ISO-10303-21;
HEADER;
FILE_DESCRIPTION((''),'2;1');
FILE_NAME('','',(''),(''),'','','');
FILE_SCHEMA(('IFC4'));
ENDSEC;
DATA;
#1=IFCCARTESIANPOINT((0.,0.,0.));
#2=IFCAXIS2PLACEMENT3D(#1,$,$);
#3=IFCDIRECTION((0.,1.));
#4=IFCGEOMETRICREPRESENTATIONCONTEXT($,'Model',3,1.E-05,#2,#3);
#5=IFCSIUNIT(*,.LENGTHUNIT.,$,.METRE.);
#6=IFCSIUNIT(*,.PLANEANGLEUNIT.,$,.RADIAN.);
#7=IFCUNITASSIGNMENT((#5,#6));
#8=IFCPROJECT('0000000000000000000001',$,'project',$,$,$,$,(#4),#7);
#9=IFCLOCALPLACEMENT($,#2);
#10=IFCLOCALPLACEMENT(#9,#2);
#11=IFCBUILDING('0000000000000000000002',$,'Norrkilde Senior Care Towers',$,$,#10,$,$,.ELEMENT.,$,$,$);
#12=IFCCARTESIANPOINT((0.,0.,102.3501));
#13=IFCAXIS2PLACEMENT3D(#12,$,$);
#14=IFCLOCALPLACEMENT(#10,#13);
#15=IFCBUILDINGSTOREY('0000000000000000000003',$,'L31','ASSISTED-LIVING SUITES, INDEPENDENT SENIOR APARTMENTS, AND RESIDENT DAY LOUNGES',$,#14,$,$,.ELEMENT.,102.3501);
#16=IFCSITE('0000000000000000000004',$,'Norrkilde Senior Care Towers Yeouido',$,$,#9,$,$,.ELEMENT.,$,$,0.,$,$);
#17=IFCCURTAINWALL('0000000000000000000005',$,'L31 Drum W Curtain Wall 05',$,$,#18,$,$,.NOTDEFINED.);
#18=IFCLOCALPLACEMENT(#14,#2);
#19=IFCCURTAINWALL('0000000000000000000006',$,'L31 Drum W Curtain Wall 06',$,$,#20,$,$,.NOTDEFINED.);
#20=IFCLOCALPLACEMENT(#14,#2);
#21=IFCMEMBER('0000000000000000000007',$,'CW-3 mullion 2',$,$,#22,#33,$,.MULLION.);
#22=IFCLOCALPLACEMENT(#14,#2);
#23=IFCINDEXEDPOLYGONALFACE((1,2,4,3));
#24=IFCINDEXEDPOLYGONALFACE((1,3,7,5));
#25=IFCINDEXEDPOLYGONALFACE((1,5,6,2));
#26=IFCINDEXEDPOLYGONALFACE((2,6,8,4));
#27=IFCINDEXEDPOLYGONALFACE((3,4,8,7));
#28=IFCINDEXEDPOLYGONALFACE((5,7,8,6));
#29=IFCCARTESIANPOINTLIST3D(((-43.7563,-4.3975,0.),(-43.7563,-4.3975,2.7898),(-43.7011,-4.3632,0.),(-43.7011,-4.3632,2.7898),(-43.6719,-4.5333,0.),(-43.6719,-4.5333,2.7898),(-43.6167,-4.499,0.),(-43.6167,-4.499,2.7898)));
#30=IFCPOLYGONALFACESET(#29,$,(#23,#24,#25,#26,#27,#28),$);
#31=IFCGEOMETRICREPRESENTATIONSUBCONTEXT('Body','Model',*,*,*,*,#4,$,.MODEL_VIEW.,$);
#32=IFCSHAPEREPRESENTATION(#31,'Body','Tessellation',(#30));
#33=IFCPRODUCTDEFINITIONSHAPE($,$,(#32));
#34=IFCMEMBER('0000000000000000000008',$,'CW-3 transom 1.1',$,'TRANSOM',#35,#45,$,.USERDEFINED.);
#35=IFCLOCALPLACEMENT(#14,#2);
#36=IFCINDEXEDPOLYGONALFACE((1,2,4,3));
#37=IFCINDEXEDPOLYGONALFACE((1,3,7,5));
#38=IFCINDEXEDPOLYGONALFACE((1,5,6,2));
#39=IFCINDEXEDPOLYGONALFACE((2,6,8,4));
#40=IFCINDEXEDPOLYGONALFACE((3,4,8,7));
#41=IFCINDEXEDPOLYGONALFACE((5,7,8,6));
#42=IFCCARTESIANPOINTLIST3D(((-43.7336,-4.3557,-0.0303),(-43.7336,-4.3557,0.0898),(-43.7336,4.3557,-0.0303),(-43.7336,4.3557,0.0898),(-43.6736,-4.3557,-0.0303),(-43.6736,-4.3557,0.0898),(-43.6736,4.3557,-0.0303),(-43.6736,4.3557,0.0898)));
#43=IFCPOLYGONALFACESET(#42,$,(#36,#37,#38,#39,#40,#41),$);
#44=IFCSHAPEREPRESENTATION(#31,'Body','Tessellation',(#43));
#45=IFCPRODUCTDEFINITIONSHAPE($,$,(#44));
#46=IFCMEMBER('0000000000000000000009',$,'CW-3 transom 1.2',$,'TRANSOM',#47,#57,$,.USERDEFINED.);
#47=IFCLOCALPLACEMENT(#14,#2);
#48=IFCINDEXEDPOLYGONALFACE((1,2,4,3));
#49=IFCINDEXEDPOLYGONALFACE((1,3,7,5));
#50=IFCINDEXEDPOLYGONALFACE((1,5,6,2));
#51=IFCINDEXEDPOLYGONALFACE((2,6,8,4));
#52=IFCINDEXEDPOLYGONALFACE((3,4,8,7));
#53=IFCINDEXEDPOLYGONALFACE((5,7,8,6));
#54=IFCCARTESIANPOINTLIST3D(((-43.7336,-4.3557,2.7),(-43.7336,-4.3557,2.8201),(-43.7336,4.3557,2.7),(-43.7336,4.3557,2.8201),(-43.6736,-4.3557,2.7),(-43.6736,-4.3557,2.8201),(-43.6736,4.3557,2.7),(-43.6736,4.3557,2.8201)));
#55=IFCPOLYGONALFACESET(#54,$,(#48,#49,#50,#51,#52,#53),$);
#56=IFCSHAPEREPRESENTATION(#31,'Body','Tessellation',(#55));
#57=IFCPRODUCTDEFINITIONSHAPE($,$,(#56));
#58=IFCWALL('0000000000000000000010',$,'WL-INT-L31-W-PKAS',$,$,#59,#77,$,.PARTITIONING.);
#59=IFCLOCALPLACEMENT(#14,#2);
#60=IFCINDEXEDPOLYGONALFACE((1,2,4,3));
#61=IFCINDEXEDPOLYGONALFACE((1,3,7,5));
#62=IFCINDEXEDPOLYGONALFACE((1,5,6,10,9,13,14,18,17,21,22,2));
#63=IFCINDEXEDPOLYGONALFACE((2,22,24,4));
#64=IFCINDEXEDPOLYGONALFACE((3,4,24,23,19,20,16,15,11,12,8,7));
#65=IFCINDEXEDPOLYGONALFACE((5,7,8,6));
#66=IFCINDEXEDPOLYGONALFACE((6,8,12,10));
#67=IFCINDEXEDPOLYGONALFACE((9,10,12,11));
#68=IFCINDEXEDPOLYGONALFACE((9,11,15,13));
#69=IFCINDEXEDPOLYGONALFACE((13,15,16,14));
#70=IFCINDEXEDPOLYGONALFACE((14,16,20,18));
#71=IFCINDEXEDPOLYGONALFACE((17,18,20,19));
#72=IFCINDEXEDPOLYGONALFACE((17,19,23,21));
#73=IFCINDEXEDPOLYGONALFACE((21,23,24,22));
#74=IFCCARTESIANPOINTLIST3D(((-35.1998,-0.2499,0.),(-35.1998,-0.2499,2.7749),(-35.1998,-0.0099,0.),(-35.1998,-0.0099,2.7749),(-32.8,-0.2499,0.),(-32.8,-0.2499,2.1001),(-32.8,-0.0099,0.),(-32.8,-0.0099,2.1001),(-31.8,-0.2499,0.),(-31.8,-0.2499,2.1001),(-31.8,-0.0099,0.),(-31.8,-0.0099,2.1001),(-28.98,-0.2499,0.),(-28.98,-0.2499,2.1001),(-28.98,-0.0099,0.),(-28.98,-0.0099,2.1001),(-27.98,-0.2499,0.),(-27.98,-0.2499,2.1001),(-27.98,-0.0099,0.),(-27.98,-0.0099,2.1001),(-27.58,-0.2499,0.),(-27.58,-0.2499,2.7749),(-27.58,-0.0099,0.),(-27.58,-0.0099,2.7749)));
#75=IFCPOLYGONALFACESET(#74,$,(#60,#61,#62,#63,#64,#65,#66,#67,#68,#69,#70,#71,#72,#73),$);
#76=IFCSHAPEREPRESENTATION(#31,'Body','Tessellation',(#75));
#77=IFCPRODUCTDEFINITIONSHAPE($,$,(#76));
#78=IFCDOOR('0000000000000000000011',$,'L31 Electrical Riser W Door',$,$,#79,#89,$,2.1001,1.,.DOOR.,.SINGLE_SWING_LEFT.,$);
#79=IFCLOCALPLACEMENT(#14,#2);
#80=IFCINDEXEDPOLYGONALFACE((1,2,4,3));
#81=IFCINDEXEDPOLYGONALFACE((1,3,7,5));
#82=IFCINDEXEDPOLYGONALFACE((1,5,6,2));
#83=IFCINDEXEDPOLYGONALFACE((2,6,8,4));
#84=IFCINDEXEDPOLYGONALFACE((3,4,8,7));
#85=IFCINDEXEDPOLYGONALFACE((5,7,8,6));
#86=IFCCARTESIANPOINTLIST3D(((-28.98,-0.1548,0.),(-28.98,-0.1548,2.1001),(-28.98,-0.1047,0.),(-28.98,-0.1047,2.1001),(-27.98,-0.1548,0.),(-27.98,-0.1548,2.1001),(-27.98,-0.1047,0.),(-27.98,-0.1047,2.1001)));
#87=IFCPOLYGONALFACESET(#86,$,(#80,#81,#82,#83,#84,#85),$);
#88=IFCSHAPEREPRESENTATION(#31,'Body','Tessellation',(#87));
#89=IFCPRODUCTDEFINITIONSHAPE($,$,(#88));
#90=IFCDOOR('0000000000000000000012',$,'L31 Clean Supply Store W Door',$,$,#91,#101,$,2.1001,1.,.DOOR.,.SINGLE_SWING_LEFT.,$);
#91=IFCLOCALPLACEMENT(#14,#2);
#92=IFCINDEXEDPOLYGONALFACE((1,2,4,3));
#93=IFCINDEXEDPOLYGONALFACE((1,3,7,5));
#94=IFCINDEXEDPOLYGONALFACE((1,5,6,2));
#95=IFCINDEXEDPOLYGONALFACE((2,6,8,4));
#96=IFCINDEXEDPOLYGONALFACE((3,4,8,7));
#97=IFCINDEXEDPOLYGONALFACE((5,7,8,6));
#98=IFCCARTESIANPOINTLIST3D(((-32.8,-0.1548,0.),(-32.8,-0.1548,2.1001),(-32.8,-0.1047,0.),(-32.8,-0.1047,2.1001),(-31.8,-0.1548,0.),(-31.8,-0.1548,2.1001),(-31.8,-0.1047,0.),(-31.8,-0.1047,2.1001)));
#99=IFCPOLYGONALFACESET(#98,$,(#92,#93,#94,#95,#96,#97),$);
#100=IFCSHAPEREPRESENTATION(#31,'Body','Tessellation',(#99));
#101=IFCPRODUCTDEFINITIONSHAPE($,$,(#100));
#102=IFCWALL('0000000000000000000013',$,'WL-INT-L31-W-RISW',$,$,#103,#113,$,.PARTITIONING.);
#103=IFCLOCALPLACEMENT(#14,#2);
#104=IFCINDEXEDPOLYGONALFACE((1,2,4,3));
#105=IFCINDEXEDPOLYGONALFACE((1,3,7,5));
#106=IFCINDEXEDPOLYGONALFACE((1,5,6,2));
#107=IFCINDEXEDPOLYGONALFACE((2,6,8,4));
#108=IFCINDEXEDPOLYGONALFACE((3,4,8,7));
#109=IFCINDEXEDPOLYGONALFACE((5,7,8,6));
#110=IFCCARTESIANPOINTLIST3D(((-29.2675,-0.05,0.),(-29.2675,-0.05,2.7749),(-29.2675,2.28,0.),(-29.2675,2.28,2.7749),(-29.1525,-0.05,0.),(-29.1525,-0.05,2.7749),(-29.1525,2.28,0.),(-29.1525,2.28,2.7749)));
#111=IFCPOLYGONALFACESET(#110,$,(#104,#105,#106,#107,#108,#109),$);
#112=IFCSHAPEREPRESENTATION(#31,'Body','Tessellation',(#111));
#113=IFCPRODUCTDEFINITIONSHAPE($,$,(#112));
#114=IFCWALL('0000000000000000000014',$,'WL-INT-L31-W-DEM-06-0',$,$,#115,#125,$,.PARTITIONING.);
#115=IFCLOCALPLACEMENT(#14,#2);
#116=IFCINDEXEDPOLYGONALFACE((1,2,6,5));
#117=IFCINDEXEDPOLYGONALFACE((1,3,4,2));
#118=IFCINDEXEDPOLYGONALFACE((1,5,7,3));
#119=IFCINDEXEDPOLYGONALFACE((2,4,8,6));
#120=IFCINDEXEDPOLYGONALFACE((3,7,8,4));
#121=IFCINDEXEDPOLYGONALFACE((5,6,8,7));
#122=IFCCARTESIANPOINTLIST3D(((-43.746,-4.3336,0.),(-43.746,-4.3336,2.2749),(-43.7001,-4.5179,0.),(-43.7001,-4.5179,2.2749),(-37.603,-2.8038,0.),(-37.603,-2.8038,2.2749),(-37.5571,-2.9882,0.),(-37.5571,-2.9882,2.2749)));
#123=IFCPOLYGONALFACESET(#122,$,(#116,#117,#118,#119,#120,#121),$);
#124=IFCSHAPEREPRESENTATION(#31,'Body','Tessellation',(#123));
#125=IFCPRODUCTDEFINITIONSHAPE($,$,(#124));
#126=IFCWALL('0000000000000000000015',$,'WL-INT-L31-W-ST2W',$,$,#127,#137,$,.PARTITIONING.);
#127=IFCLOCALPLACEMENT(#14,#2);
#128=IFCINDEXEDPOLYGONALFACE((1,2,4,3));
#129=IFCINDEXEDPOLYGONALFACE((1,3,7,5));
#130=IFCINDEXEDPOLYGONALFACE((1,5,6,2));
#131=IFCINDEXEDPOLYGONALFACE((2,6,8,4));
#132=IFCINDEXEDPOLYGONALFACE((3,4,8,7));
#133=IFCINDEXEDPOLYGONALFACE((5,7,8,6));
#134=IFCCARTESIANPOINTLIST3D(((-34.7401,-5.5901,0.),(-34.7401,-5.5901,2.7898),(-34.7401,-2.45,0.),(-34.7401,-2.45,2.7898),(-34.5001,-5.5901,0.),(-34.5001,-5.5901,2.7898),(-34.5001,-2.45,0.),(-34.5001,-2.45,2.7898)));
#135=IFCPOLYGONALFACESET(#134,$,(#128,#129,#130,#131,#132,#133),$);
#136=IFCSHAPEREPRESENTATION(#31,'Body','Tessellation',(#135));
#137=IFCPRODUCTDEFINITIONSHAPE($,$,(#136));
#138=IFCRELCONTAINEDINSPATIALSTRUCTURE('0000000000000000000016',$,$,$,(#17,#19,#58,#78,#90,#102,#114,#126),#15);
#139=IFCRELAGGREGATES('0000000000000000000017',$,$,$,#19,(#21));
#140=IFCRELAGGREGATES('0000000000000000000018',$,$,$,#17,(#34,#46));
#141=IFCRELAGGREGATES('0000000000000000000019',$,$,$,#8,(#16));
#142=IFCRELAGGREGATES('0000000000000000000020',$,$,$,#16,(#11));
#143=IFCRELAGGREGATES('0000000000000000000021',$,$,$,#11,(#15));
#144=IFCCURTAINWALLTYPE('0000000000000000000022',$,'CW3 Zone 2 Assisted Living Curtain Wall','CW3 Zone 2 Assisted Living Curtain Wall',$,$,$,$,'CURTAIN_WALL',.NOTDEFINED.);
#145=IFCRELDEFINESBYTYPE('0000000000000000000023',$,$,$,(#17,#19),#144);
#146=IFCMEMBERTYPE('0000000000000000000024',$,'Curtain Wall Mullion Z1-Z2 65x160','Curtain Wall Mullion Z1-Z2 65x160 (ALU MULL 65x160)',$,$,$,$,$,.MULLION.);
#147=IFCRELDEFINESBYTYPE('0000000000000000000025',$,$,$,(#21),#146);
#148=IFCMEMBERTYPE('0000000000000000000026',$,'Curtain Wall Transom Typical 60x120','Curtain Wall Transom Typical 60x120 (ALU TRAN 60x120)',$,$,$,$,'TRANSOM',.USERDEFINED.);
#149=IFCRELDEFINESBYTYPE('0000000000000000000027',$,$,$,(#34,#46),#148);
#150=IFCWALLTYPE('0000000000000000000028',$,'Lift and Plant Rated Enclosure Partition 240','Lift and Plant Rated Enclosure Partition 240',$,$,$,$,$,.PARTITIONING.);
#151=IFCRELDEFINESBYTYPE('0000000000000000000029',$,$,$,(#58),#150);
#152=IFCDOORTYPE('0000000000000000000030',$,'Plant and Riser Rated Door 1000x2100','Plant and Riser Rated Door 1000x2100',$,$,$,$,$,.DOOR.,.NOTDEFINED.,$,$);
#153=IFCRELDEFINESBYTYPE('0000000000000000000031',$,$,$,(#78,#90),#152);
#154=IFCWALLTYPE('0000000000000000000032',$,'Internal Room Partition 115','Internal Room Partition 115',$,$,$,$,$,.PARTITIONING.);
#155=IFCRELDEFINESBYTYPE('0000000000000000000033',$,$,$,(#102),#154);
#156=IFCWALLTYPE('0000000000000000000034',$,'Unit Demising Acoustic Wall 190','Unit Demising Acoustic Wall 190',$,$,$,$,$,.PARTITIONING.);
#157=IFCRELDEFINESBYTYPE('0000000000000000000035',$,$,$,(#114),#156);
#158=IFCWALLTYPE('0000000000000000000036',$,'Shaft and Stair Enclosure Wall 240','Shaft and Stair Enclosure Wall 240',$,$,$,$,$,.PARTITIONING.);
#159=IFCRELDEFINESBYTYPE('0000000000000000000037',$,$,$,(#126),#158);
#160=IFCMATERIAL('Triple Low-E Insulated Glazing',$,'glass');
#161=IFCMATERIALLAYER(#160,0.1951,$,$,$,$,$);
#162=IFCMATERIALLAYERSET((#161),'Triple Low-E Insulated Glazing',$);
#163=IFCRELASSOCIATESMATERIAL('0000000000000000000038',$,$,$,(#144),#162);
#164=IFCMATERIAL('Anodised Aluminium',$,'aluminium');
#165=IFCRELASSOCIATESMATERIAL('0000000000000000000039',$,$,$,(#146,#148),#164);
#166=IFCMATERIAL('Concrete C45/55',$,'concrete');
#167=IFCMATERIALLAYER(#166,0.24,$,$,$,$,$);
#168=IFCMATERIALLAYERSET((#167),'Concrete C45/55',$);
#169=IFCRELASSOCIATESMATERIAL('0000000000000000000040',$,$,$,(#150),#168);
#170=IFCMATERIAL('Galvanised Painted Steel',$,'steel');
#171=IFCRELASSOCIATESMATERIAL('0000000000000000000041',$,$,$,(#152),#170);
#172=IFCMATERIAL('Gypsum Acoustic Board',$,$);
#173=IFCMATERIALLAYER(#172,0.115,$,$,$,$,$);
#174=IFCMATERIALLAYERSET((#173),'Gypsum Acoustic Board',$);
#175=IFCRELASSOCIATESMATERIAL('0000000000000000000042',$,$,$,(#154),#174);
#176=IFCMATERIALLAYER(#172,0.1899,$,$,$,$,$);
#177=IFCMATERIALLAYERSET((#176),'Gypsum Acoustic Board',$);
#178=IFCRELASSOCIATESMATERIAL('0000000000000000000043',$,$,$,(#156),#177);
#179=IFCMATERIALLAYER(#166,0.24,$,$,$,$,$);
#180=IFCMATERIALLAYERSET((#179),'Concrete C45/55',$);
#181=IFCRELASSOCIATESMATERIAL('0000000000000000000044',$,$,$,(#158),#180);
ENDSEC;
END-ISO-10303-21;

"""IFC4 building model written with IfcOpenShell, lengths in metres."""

from ifc_helpers import new_model, si_unit, direction, frame, frame_2d, origin, origin_2d, place, context, subcontext, project, spatial, rectangle, extrude, source, transform, mapped, material, layer, layer_set, material_profile, profile_set, type_object, type_shapes, element, fill, aggregate, save


model = new_model("IFC4")

# Units and contexts
model_context = context("Model", 3, precision=1e-05, world=origin(), true_north=direction((0.0, 1.0)))
body_context = subcontext(model_context, "Body", "Model", "MODEL_VIEW")
ifc_project = project(units=[si_unit("LENGTHUNIT", "METRE"), si_unit("PLANEANGLEUNIT", "RADIAN")], contexts=[model_context])

# Site, building, storey
site_placement = place(None, origin())
site = spatial("IfcSite", under=ifc_project, at=site_placement, Name="Norrkilde Senior Care Towers Yeouido", CompositionType="ELEMENT", RefElevation=0.0)
building_placement = place(site_placement, origin())
building = spatial("IfcBuilding", under=site, at=building_placement, Name="Norrkilde Senior Care Towers", CompositionType="ELEMENT")
storey_placement = place(building_placement, frame((0.0, 0.0, 102.3501)))
storey = spatial("IfcBuildingStorey", under=building, at=storey_placement, Name="L31", Description="ASSISTED-LIVING SUITES, INDEPENDENT SENIOR APARTMENTS, AND RESIDENT DAY LOUNGES", CompositionType="ELEMENT", Elevation=102.3501)

# Curtain walls, member
ifc_material_1 = material(Name="Triple Low-E Insulated Glazing", Category="glass")
ifc_layer_1 = layer(ifc_material_1, 0.1951)
ifc_layer_set_1 = layer_set([ifc_layer_1], Name="Triple Low-E Insulated Glazing")
curtain_wall_type = type_object("IfcCurtainWallType", Name="CW3 Zone 2 Assisted Living Curtain Wall", Description="CW3 Zone 2 Assisted Living Curtain Wall", ElementType="CURTAIN_WALL", PredefinedType="NOTDEFINED", material=ifc_layer_set_1)
curtain_wall_1_placement = place(storey_placement, origin())
curtain_wall_1 = element("IfcCurtainWall", 1, at=curtain_wall_1_placement, inside=storey, type_object=curtain_wall_type, Name="L31 Drum W Curtain Wall 05", PredefinedType="NOTDEFINED")
ifc_material_2 = material(Name="Anodised Aluminium", Category="aluminium")
ifc_material_profile_1 = material_profile(ifc_material_2, rectangle(XDim=0.0649, YDim=0.1599, at=origin_2d()), Name="ALU MULL 65x160")
ifc_profile_set_1 = profile_set([ifc_material_profile_1], Name="Anodised Aluminium")
member_type_1 = type_object("IfcMemberType", Name="Curtain Wall Mullion Z1-Z2 65x160", Description="Curtain Wall Mullion Z1-Z2 65x160 (ALU MULL 65x160)", PredefinedType="MULLION", material=ifc_profile_set_1)
shared_shape_1 = source(origin(), body_context, "Body", "SweptSolid", [
    extrude(rectangle(XDim=0.0649, YDim=0.1599, at=origin_2d()), origin(), (0.0, 0.0, 1.0), 2.7898),
])
type_shapes(member_type_1, [shared_shape_1])
curtain_wall_2_placement = place(storey_placement, origin())
curtain_wall_2 = element("IfcCurtainWall", 2, at=curtain_wall_2_placement, inside=storey, type_object=curtain_wall_type, Name="L31 Drum W Curtain Wall 06", PredefinedType="NOTDEFINED")
member_1_placement = place(storey_placement, frame((-43.6865, -4.4482, 0.0), z_axis=(0.0, 0.0, 1.0), x_axis=(-0.84941, -0.527733, 0.0)))
member_1 = element("IfcMember", 3, at=member_1_placement, type_object=member_type_1, Name="CW-3 mullion 2", PredefinedType="MULLION", context=body_context, shape_type="MappedRepresentation", body=[
    mapped(shared_shape_1, transform((0.0, 0.0, 0.0), x_axis=(1.0, 0.0, 0.0), y_axis=(0.0, 1.0, 0.0), z_axis=(0.0, 0.0, 1.0), scale=1.0)),
])
aggregate(curtain_wall_2, [member_1])

# Members
ifc_material_profile_2 = material_profile(ifc_material_2, rectangle(XDim=0.0601, YDim=0.1201, at=origin_2d()), Name="ALU TRAN 60x120")
ifc_profile_set_2 = profile_set([ifc_material_profile_2], Name="Anodised Aluminium")
member_type_2 = type_object("IfcMemberType", Name="Curtain Wall Transom Typical 60x120", Description="Curtain Wall Transom Typical 60x120 (ALU TRAN 60x120)", ElementType="TRANSOM", PredefinedType="USERDEFINED", material=ifc_profile_set_2)
shared_shape_2 = source(origin(), body_context, "Body", "SweptSolid", [
    extrude(rectangle(XDim=0.0601, YDim=0.1201, at=origin_2d()), origin(), (0.0, 0.0, 1.0), 8.7114),
])
type_shapes(member_type_2, [shared_shape_2])
member_2_placement = place(storey_placement, frame((-43.7036, -4.3557, 0.0298), z_axis=(0.0, 1.0, 0.0), x_axis=(-1.0, 0.0, 0.0)))
member_2 = element("IfcMember", 4, at=member_2_placement, type_object=member_type_2, Name="CW-3 transom 1.1", ObjectType="TRANSOM", PredefinedType="USERDEFINED", context=body_context, shape_type="MappedRepresentation", body=[
    mapped(shared_shape_2, transform((0.0, 0.0, 0.0), x_axis=(1.0, 0.0, 0.0), y_axis=(0.0, 1.0, 0.0), z_axis=(0.0, 0.0, 1.0), scale=1.0)),
])
member_3_placement = place(storey_placement, frame((-43.7036, -4.3557, 2.76), z_axis=(0.0, 1.0, 0.0), x_axis=(-1.0, 0.0, 0.0)))
member_3 = element("IfcMember", 5, at=member_3_placement, type_object=member_type_2, Name="CW-3 transom 1.2", ObjectType="TRANSOM", PredefinedType="USERDEFINED", context=body_context, shape_type="MappedRepresentation", body=[
    mapped(shared_shape_2, transform((0.0, 0.0, 0.0), x_axis=(1.0, 0.0, 0.0), y_axis=(0.0, 1.0, 0.0), z_axis=(0.0, 0.0, 1.0), scale=1.0)),
])
aggregate(curtain_wall_1, [member_2, member_3])

# Shared definitions
ifc_material_3 = material(Name="Galvanised Painted Steel", Category="steel")

# Wall, openings, doors
ifc_material_4 = material(Name="Concrete C45/55", Category="concrete")
ifc_layer_2 = layer(ifc_material_4, 0.24)
ifc_layer_set_2 = layer_set([ifc_layer_2], Name="Concrete C45/55")
wall_type_1 = type_object("IfcWallType", Name="Lift and Plant Rated Enclosure Partition 240", Description="Lift and Plant Rated Enclosure Partition 240", PredefinedType="PARTITIONING", material=ifc_layer_set_2)
shared_shape_3 = source(origin(), body_context, "Body", "SweptSolid", [
    extrude(rectangle(XDim=7.6199, YDim=0.24, at=frame_2d((3.8101, 0.0))), origin(), (0.0, 0.0, 1.0), 2.7749),
])
type_shapes(wall_type_1, [shared_shape_3])
wall_1_placement = place(storey_placement, frame((-35.2, -0.1299, 0.0), z_axis=(0.0, 0.0, 1.0), x_axis=(1.0, 0.0, 0.0)))
wall_1 = element("IfcWall", 6, at=wall_1_placement, inside=storey, type_object=wall_type_1, Name="WL-INT-L31-W-PKAS", PredefinedType="PARTITIONING", context=body_context, shape_type="MappedRepresentation", body=[
    mapped(shared_shape_3, transform((0.0, 0.0, 0.0), x_axis=(1.0, 0.0, 0.0), y_axis=(0.0, 1.0, 0.0), z_axis=(0.0, 0.0, 1.0), scale=1.0)),
])
opening_1_placement = place(wall_1_placement, frame((6.22, 0.0, 0.0)))
opening_1 = element("IfcOpeningElement", 7, at=opening_1_placement, cuts=wall_1, PredefinedType="OPENING", context=body_context, shape_type="SweptSolid", body=[
    extrude(rectangle(XDim=1.0, YDim=2.1001, at=frame_2d((0.5, 1.05))), frame((0.0, 0.1299, 0.0), z_axis=(0.0, -1.0, 0.0), x_axis=(1.0, 0.0, 0.0)), (0.0, 0.0, 1.0), 0.26),
])
opening_2_placement = place(wall_1_placement, frame((2.3999, 0.0, 0.0)))
opening_2 = element("IfcOpeningElement", 8, at=opening_2_placement, cuts=wall_1, PredefinedType="OPENING", context=body_context, shape_type="SweptSolid", body=[
    extrude(rectangle(XDim=1.0, YDim=2.1001, at=frame_2d((0.5, 1.05))), frame((0.0, 0.1299, 0.0), z_axis=(0.0, -1.0, 0.0), x_axis=(1.0, 0.0, 0.0)), (0.0, 0.0, 1.0), 0.26),
])
door_type_1 = type_object("IfcDoorType", Name="Plant and Riser Rated Door 1000x2100", Description="Plant and Riser Rated Door 1000x2100", OperationType="NOTDEFINED", PredefinedType="DOOR", material=ifc_material_3)
shared_shape_4 = source(origin(), body_context, "Body", "SweptSolid", [
    extrude(rectangle(XDim=1.0, YDim=2.1001, at=frame_2d((0.5, 1.05))), frame((0.0, 0.0249, 0.0), z_axis=(0.0, -1.0, 0.0), x_axis=(1.0, 0.0, 0.0)), (0.0, 0.0, 1.0), 0.05),
])
type_shapes(door_type_1, [shared_shape_4])
door_1_placement = place(opening_1_placement, frame((1.0, 0.0, 0.0), z_axis=(0.0, 0.0, 1.0), x_axis=(-1.0, 0.0, 0.0)))
door_1 = element("IfcDoor", 9, at=door_1_placement, inside=storey, type_object=door_type_1, Name="L31 Electrical Riser W Door", OperationType="SINGLE_SWING_LEFT", OverallHeight=2.1001, OverallWidth=1.0, PredefinedType="DOOR", context=body_context, shape_type="MappedRepresentation", body=[
    mapped(shared_shape_4, transform((0.0, 0.0, 0.0), x_axis=(1.0, 0.0, 0.0), y_axis=(0.0, 1.0, 0.0), z_axis=(0.0, 0.0, 1.0), scale=1.0)),
])
fill(opening_1, door_1)
door_2_placement = place(opening_2_placement, frame((1.0, 0.0, 0.0), z_axis=(0.0, 0.0, 1.0), x_axis=(-1.0, 0.0, 0.0)))
door_2 = element("IfcDoor", 10, at=door_2_placement, inside=storey, type_object=door_type_1, Name="L31 Clean Supply Store W Door", OperationType="SINGLE_SWING_LEFT", OverallHeight=2.1001, OverallWidth=1.0, PredefinedType="DOOR", context=body_context, shape_type="MappedRepresentation", body=[
    mapped(shared_shape_4, transform((0.0, 0.0, 0.0), x_axis=(1.0, 0.0, 0.0), y_axis=(0.0, 1.0, 0.0), z_axis=(0.0, 0.0, 1.0), scale=1.0)),
])
fill(opening_2, door_2)

# Walls
ifc_material_5 = material(Name="Gypsum Acoustic Board")
ifc_layer_3 = layer(ifc_material_5, 0.115)
ifc_layer_set_3 = layer_set([ifc_layer_3], Name="Gypsum Acoustic Board")
wall_type_2 = type_object("IfcWallType", Name="Internal Room Partition 115", Description="Internal Room Partition 115", PredefinedType="PARTITIONING", material=ifc_layer_set_3)
shared_shape_5 = source(origin(), body_context, "Body", "SweptSolid", [
    extrude(rectangle(XDim=2.3301, YDim=0.115, at=frame_2d((1.165, 0.0))), origin(), (0.0, 0.0, 1.0), 2.7749),
])
type_shapes(wall_type_2, [shared_shape_5])
wall_2_placement = place(storey_placement, frame((-29.21, -0.05, 0.0), z_axis=(0.0, 0.0, 1.0), x_axis=(0.0, 1.0, 0.0)))
element("IfcWall", 11, at=wall_2_placement, inside=storey, type_object=wall_type_2, Name="WL-INT-L31-W-RISW", PredefinedType="PARTITIONING", context=body_context, shape_type="MappedRepresentation", body=[
    mapped(shared_shape_5, transform((0.0, 0.0, 0.0), x_axis=(1.0, 0.0, 0.0), y_axis=(0.0, 1.0, 0.0), z_axis=(0.0, 0.0, 1.0), scale=1.0)),
])
ifc_layer_4 = layer(ifc_material_5, 0.1899)
ifc_layer_set_4 = layer_set([ifc_layer_4], Name="Gypsum Acoustic Board")
wall_type_3 = type_object("IfcWallType", Name="Unit Demising Acoustic Wall 190", Description="Unit Demising Acoustic Wall 190", PredefinedType="PARTITIONING", material=ifc_layer_set_4)
shared_shape_6 = source(origin(), body_context, "Body", "SweptSolid", [
    extrude(rectangle(XDim=6.3306, YDim=0.1899, at=frame_2d((3.1653, 0.0))), origin(), (0.0, 0.0, 1.0), 2.2749),
])
type_shapes(wall_type_3, [shared_shape_6])
wall_3_placement = place(storey_placement, frame((-37.5801, -2.896, 0.0), z_axis=(0.0, 0.0, 1.0), x_axis=(-0.970364, -0.241646, 0.0)))
element("IfcWall", 12, at=wall_3_placement, inside=storey, type_object=wall_type_3, Name="WL-INT-L31-W-DEM-06-0", PredefinedType="PARTITIONING", context=body_context, shape_type="MappedRepresentation", body=[
    mapped(shared_shape_6, transform((0.0, 0.0, 0.0), x_axis=(1.0, 0.0, 0.0), y_axis=(0.0, 1.0, 0.0), z_axis=(0.0, 0.0, 1.0), scale=1.0)),
])

# Shared definitions
ifc_layer_5 = layer(ifc_material_4, 0.24)
ifc_layer_set_5 = layer_set([ifc_layer_5], Name="Concrete C45/55")
wall_type_4 = type_object("IfcWallType", Name="Shaft and Stair Enclosure Wall 240", Description="Shaft and Stair Enclosure Wall 240", PredefinedType="PARTITIONING", material=ifc_layer_set_5)

# Wall
shared_shape_7 = source(origin(), body_context, "Body", "SweptSolid", [
    extrude(rectangle(XDim=3.1401, YDim=0.24, at=frame_2d((1.5701, 0.0))), origin(), (0.0, 0.0, 1.0), 2.7898),
])
wall_4_placement = place(storey_placement, frame((-34.6201, -5.5901, 0.0), z_axis=(0.0, 0.0, 1.0), x_axis=(0.0, 1.0, 0.0)))
element("IfcWall", 13, at=wall_4_placement, inside=storey, type_object=wall_type_4, Name="WL-INT-L31-W-ST2W", PredefinedType="PARTITIONING", context=body_context, shape_type="MappedRepresentation", body=[
    mapped(shared_shape_7, transform((0.0, 0.0, 0.0), x_axis=(1.0, 0.0, 0.0), y_axis=(0.0, 1.0, 0.0), z_axis=(0.0, 0.0, 1.0), scale=1.0)),
])

save(model, "model.ifc")
